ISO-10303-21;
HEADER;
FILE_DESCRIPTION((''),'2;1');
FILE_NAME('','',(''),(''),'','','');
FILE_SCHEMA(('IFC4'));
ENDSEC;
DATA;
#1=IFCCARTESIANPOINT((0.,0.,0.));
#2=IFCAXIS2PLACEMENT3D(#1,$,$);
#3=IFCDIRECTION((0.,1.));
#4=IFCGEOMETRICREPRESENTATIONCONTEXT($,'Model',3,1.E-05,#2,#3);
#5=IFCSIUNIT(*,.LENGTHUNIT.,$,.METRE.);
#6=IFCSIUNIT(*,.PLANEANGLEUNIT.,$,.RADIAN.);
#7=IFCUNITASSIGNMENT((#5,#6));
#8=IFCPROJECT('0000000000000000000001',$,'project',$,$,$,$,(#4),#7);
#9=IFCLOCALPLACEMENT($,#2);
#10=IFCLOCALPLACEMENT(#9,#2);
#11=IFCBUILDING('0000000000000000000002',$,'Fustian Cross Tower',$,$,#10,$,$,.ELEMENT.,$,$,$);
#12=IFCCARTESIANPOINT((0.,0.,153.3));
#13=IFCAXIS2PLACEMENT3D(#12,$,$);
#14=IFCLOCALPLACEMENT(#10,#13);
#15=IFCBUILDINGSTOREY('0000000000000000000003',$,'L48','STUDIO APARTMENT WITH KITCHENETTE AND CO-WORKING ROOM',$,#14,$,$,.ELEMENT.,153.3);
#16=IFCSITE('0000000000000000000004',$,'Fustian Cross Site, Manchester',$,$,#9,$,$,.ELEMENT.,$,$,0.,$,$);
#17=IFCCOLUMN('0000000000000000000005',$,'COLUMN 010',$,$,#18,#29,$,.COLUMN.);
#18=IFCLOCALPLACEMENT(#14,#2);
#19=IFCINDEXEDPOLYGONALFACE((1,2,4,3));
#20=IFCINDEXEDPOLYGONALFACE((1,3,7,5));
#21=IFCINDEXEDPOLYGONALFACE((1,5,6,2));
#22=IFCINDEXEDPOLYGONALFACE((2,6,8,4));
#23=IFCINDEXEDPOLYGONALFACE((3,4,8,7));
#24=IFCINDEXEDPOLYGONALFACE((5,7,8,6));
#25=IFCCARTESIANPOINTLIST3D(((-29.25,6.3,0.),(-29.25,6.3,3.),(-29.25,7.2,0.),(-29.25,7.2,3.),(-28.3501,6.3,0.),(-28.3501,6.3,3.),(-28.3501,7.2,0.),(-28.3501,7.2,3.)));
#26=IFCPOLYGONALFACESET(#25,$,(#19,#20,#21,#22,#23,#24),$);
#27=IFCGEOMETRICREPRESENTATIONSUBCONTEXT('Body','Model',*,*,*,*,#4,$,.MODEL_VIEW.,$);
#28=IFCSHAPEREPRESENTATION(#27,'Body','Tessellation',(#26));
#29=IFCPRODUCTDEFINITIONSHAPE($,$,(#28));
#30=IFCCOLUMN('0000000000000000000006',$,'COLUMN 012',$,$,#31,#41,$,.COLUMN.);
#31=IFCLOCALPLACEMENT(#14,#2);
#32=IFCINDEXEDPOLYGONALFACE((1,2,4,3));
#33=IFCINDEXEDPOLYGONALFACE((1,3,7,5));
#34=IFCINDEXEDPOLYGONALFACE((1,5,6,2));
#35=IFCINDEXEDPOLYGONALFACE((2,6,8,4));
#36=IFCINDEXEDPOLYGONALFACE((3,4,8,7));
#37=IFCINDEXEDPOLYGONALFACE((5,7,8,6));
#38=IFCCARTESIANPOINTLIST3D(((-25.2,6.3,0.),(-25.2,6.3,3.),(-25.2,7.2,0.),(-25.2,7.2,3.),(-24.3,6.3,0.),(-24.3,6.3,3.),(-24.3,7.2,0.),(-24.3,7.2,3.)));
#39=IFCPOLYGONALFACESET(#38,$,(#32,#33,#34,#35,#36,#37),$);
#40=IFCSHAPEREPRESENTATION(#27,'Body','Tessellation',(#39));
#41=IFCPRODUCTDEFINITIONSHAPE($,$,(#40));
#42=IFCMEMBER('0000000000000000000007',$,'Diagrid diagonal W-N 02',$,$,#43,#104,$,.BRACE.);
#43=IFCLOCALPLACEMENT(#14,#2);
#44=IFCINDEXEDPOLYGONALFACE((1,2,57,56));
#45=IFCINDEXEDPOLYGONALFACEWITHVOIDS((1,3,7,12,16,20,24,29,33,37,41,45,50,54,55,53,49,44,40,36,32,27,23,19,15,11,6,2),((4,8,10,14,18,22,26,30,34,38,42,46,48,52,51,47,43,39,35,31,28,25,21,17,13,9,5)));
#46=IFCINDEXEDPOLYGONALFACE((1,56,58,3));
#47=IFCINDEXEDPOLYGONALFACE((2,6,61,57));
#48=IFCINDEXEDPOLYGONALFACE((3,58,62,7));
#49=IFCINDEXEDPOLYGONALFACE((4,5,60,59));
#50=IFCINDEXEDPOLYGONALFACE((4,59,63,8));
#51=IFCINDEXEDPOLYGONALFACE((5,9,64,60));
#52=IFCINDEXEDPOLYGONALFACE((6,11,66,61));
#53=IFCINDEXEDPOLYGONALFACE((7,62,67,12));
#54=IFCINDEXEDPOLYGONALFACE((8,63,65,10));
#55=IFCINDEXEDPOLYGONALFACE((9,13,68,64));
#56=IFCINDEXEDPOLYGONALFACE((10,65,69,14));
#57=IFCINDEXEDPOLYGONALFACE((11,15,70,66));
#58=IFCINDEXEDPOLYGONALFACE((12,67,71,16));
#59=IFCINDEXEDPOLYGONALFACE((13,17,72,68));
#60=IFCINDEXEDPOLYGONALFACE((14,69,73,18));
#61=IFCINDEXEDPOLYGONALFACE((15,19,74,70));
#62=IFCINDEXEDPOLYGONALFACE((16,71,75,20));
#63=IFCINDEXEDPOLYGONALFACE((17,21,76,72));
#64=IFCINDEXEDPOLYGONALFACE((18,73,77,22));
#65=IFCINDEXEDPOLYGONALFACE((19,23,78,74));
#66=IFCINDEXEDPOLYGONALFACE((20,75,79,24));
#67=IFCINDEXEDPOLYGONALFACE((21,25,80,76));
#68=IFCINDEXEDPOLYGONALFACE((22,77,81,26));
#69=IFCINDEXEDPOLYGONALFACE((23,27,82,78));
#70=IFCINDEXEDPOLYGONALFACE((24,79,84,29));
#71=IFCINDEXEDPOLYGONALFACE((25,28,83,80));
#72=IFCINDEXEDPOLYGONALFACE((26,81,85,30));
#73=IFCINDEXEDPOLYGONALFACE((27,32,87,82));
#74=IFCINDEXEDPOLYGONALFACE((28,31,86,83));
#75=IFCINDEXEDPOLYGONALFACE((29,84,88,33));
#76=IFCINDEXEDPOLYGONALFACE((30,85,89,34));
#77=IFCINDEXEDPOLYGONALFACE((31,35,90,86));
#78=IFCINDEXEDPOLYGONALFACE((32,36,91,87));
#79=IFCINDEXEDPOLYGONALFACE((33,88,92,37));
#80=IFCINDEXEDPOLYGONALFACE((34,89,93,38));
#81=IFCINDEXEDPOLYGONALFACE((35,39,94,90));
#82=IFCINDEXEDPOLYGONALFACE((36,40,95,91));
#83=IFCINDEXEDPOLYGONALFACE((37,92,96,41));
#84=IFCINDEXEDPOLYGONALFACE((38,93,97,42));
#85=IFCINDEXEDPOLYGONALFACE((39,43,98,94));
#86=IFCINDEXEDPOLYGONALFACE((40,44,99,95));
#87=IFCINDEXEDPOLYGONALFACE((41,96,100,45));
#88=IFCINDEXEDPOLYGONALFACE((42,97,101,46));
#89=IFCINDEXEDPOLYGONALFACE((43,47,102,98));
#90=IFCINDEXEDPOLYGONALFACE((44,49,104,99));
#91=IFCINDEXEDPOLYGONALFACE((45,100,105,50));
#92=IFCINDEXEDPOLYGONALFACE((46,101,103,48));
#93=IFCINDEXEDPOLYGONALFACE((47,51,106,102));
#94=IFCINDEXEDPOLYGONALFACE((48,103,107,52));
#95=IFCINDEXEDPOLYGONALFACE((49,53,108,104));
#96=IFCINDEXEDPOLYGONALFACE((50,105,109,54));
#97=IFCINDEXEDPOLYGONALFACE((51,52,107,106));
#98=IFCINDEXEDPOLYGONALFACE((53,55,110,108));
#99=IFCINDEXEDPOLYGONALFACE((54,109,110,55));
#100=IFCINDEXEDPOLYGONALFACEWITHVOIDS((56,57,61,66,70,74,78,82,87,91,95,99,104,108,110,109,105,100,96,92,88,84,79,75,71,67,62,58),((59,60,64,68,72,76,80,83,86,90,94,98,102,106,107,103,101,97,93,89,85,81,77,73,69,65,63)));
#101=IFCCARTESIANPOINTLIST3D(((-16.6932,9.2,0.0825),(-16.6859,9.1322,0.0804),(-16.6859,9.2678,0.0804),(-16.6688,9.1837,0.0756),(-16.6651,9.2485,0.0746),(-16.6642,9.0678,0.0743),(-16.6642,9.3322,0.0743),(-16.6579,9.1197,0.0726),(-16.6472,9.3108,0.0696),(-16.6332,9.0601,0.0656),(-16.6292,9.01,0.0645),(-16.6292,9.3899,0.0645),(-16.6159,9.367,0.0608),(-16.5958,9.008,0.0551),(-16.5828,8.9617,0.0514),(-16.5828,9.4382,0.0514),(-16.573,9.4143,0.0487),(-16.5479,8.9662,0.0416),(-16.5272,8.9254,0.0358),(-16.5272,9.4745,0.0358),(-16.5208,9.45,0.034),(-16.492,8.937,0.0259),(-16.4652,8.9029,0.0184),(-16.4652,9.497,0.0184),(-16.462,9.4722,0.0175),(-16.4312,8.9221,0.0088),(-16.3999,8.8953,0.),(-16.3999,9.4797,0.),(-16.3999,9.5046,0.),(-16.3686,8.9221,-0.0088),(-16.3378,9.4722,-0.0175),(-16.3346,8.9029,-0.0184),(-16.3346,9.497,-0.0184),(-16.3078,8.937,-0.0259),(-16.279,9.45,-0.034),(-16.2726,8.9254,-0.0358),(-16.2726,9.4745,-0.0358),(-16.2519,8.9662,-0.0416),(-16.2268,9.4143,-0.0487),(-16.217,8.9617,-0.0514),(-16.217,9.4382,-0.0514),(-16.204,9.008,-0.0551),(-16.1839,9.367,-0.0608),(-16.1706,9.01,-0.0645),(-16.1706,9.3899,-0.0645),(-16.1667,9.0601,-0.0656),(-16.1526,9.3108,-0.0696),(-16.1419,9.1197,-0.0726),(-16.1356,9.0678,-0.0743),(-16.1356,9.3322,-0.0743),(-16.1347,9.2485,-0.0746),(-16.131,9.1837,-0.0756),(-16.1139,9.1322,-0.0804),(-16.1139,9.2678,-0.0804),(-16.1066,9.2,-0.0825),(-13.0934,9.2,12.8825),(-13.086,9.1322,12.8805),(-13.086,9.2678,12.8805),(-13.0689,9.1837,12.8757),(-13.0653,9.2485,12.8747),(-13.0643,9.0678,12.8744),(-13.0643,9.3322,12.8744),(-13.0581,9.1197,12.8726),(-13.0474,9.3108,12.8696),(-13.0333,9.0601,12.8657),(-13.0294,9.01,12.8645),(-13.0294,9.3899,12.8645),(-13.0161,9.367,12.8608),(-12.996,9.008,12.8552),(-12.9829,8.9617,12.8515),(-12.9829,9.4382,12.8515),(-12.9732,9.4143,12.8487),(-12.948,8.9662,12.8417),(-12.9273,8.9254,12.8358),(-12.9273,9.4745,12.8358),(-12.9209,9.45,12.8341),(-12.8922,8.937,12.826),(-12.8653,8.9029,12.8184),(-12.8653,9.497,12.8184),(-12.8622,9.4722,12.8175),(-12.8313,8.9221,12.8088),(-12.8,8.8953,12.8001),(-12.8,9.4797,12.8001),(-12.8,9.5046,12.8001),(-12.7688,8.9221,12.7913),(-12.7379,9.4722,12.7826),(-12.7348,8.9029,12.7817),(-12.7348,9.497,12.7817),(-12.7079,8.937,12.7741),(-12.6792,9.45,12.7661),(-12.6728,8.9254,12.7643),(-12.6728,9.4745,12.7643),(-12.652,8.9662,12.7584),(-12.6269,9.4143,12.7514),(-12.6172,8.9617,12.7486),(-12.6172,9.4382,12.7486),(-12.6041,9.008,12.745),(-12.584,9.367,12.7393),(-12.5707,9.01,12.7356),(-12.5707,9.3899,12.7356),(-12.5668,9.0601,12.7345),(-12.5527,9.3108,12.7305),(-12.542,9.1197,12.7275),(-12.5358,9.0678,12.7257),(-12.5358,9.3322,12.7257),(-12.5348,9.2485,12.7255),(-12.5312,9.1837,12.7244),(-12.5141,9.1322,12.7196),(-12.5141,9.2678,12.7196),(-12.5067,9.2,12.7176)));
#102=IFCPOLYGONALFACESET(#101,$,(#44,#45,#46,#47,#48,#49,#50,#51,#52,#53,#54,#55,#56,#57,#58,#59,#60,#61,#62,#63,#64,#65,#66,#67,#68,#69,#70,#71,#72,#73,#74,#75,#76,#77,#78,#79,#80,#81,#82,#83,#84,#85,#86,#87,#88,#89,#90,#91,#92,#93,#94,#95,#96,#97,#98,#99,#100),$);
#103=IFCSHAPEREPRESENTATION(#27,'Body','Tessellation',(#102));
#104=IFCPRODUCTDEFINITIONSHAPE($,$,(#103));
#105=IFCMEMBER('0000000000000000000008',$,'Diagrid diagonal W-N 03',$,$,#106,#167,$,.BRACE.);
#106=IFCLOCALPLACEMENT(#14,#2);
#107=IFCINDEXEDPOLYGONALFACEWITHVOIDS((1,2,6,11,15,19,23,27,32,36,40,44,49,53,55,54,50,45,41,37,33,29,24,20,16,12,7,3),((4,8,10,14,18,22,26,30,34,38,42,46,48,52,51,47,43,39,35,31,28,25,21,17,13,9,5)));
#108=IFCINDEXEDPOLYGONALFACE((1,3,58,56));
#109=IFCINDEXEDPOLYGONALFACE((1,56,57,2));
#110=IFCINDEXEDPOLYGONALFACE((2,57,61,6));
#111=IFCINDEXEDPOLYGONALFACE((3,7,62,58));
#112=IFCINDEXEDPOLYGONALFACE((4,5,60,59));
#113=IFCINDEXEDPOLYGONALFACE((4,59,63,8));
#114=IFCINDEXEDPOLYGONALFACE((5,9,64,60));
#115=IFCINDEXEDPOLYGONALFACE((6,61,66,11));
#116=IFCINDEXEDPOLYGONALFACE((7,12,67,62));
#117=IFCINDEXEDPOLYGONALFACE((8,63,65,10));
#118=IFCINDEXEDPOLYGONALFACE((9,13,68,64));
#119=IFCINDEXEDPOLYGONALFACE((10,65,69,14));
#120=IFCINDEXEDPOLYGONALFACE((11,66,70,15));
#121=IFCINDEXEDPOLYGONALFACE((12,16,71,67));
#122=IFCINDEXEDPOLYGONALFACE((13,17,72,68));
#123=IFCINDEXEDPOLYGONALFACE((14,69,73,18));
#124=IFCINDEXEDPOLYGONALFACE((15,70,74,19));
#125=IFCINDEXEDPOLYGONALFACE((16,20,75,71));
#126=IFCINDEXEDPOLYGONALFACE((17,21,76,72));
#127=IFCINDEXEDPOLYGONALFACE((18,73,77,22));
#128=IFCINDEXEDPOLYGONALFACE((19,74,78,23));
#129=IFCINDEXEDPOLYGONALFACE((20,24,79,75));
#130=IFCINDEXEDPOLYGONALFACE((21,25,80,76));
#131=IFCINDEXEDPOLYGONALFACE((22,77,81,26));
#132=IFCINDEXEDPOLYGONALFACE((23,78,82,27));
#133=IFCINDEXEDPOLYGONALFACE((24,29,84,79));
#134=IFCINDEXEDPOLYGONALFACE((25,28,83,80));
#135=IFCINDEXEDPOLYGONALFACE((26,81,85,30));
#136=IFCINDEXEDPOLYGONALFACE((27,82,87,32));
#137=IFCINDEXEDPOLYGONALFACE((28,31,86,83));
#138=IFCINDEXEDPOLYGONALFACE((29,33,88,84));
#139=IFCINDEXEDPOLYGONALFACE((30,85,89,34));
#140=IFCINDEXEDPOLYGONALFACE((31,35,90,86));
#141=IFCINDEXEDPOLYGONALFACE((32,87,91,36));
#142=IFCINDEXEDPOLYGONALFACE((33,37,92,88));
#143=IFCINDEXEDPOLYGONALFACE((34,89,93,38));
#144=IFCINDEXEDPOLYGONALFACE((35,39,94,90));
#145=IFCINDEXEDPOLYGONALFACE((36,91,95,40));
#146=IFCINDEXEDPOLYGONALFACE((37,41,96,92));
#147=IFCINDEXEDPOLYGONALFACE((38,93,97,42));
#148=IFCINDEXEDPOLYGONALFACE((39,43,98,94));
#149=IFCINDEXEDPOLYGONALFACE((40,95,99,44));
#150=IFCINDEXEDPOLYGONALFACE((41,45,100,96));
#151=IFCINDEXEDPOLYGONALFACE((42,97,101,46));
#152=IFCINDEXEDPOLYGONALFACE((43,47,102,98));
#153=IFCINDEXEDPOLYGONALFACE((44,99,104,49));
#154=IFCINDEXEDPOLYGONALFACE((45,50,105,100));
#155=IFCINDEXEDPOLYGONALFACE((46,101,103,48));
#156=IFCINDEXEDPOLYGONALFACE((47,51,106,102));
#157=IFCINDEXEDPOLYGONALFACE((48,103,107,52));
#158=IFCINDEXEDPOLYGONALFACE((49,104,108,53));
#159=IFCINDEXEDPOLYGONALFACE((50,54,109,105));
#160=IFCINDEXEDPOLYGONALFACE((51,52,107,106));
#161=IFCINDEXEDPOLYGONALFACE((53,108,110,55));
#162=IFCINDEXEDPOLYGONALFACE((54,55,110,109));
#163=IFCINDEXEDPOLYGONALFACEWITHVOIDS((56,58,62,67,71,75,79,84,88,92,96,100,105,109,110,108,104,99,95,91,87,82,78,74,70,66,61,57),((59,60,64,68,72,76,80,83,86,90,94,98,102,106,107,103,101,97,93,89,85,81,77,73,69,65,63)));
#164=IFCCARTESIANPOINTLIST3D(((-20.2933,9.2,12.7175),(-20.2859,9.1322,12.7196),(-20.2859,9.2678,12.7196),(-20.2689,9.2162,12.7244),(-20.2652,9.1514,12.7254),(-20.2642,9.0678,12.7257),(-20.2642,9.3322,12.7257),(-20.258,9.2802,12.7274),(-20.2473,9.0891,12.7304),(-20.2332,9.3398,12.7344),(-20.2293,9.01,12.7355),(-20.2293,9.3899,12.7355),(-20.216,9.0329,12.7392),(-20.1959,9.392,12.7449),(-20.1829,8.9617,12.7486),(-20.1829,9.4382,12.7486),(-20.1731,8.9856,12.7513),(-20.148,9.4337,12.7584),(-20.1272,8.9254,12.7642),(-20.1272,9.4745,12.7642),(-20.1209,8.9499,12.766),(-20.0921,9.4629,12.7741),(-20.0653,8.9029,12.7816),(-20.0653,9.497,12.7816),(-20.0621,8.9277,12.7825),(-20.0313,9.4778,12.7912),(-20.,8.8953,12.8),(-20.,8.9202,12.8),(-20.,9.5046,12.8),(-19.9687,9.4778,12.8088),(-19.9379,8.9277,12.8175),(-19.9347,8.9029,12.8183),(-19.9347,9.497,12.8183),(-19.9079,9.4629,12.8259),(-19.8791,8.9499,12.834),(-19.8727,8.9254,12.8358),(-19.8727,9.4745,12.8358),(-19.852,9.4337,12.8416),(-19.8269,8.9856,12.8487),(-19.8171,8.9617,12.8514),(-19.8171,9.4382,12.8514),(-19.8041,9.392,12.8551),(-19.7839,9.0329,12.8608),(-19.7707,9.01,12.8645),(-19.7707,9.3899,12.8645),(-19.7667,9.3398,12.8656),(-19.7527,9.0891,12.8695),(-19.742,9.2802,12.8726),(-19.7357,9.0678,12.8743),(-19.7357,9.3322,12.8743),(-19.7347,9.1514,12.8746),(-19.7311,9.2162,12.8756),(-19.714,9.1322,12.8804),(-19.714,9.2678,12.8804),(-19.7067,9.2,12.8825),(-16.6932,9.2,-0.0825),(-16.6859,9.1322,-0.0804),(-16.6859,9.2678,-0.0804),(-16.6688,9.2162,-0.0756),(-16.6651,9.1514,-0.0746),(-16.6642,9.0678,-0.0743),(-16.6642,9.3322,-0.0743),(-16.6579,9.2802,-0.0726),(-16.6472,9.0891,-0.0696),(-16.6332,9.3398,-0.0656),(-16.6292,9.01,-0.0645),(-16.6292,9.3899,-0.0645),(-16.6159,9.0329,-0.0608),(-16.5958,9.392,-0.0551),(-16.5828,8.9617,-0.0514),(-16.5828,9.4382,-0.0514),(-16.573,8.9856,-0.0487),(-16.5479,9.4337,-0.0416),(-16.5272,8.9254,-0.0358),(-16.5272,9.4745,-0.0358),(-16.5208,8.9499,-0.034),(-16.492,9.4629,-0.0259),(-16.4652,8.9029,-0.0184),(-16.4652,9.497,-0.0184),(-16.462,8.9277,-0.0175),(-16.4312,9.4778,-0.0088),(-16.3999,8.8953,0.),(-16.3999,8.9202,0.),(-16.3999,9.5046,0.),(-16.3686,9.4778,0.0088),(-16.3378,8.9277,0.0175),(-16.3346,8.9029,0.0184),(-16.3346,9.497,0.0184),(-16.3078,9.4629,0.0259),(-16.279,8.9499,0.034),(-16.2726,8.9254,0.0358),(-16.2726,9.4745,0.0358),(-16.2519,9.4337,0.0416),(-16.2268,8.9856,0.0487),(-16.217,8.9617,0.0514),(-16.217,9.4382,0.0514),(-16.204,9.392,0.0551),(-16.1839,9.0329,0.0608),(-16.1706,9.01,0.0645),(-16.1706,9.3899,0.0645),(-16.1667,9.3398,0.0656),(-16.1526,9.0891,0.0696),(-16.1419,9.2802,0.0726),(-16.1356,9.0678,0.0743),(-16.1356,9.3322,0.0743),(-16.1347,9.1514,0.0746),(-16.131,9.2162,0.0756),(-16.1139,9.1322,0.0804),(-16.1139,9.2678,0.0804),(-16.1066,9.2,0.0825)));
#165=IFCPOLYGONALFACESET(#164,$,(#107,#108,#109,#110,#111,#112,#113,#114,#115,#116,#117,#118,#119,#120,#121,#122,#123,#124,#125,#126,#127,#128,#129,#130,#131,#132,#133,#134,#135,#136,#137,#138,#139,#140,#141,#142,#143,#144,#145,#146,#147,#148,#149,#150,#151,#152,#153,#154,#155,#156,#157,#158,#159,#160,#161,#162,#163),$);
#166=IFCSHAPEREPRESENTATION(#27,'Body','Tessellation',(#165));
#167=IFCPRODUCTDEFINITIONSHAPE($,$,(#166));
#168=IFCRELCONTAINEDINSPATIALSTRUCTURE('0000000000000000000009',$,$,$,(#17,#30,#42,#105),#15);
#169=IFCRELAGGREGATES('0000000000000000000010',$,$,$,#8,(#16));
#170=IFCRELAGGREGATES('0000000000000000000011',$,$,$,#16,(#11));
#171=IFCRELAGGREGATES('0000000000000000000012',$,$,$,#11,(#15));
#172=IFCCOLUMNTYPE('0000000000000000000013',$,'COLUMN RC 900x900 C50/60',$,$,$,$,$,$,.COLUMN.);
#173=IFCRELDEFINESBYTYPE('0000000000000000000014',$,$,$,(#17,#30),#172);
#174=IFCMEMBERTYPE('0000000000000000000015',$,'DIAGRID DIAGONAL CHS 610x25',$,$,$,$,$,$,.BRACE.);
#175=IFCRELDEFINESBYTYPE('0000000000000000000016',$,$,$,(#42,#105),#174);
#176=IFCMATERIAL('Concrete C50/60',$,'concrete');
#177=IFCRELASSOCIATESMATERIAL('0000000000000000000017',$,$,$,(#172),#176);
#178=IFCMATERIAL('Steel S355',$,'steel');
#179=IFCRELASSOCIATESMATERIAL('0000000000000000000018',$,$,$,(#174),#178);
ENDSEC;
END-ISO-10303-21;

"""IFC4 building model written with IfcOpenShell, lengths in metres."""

from ifc_helpers import new_model, si_unit, direction, frame, origin, origin_2d, place, context, subcontext, project, spatial, rectangle, hollow_circle, extrude, material, material_profile, profile_set, type_object, element, save


model = new_model("IFC4")

# Units and contexts
model_context = context("Model", 3, precision=1e-05, world=origin(), true_north=direction((0.0, 1.0)))
body_context = subcontext(model_context, "Body", "Model", "MODEL_VIEW")
ifc_project = project(units=[si_unit("LENGTHUNIT", "METRE"), si_unit("PLANEANGLEUNIT", "RADIAN")], contexts=[model_context])

# Site, building, storey
site_placement = place(None, origin())
site = spatial("IfcSite", under=ifc_project, at=site_placement, Name="Fustian Cross Site, Manchester", CompositionType="ELEMENT", RefElevation=0.0)
building_placement = place(site_placement, origin())
building = spatial("IfcBuilding", under=site, at=building_placement, Name="Fustian Cross Tower", CompositionType="ELEMENT")
storey_placement = place(building_placement, frame((0.0, 0.0, 153.3)))
storey = spatial("IfcBuildingStorey", under=building, at=storey_placement, Name="L48", Description="STUDIO APARTMENT WITH KITCHENETTE AND CO-WORKING ROOM", CompositionType="ELEMENT", Elevation=153.3)

# Columns
ifc_material_1 = material(Name="Concrete C50/60", Category="concrete")
ifc_material_profile_1 = material_profile(ifc_material_1, rectangle(XDim=0.8999, YDim=0.8999, at=origin_2d()), Name="RC 900x900")
ifc_profile_set_1 = profile_set([ifc_material_profile_1], Name="Concrete C50/60")
column_type = type_object("IfcColumnType", Name="COLUMN RC 900x900 C50/60", PredefinedType="COLUMN", material=ifc_profile_set_1)
for number, where, z_axis, x_axis, name in (
    (1, (-28.8, 6.75, 0.0), (0.0, 0.0, 1.0), (1.0, 0.0, 0.0), "COLUMN 010"),
    (2, (-24.75, 6.75, 0.0), (0.0, 0.0, 1.0), (1.0, 0.0, 0.0), "COLUMN 012"),
):
    element("IfcColumn", number, at=place(storey_placement, frame(where, z_axis=z_axis, x_axis=x_axis)), inside=storey, type_object=column_type, Name=name, PredefinedType="COLUMN", context=body_context, shape_type="SweptSolid", body=[
        extrude(rectangle(XDim=0.8999, YDim=0.8999, at=origin_2d()), origin(), (0.0, 0.0, 1.0), 3.0),
    ])

# Members
ifc_material_2 = material(Name="Steel S355", Category="steel")
ifc_material_profile_2 = material_profile(ifc_material_2, hollow_circle(Radius=0.3047, WallThickness=0.0249, at=origin_2d()), Name="CHS 610x25")
ifc_profile_set_2 = profile_set([ifc_material_profile_2], Name="Steel S355")
member_type = type_object("IfcMemberType", Name="DIAGRID DIAGONAL CHS 610x25", PredefinedType="BRACE", material=ifc_profile_set_2)
for number, where, z_axis, x_axis, name in (
    (3, (-16.3999, 9.2, 0.0), (0.270734, 0.0, 0.962654), (0.0, 1.0, 0.0), "Diagrid diagonal W-N 02"),
    (4, (-16.3999, 9.2, 0.0), (-0.270751, 0.0, 0.962649), (0.0, -1.0, 0.0), "Diagrid diagonal W-N 03"),
):
    element("IfcMember", number, at=place(storey_placement, frame(where, z_axis=z_axis, x_axis=x_axis)), inside=storey, type_object=member_type, Name=name, PredefinedType="BRACE", context=body_context, shape_type="SweptSolid", body=[
        extrude(hollow_circle(Radius=0.3047, WallThickness=0.0249, at=origin_2d()), origin(), (0.0, 0.0, 1.0), 13.2966),
    ])

save(model, "model.ifc")
